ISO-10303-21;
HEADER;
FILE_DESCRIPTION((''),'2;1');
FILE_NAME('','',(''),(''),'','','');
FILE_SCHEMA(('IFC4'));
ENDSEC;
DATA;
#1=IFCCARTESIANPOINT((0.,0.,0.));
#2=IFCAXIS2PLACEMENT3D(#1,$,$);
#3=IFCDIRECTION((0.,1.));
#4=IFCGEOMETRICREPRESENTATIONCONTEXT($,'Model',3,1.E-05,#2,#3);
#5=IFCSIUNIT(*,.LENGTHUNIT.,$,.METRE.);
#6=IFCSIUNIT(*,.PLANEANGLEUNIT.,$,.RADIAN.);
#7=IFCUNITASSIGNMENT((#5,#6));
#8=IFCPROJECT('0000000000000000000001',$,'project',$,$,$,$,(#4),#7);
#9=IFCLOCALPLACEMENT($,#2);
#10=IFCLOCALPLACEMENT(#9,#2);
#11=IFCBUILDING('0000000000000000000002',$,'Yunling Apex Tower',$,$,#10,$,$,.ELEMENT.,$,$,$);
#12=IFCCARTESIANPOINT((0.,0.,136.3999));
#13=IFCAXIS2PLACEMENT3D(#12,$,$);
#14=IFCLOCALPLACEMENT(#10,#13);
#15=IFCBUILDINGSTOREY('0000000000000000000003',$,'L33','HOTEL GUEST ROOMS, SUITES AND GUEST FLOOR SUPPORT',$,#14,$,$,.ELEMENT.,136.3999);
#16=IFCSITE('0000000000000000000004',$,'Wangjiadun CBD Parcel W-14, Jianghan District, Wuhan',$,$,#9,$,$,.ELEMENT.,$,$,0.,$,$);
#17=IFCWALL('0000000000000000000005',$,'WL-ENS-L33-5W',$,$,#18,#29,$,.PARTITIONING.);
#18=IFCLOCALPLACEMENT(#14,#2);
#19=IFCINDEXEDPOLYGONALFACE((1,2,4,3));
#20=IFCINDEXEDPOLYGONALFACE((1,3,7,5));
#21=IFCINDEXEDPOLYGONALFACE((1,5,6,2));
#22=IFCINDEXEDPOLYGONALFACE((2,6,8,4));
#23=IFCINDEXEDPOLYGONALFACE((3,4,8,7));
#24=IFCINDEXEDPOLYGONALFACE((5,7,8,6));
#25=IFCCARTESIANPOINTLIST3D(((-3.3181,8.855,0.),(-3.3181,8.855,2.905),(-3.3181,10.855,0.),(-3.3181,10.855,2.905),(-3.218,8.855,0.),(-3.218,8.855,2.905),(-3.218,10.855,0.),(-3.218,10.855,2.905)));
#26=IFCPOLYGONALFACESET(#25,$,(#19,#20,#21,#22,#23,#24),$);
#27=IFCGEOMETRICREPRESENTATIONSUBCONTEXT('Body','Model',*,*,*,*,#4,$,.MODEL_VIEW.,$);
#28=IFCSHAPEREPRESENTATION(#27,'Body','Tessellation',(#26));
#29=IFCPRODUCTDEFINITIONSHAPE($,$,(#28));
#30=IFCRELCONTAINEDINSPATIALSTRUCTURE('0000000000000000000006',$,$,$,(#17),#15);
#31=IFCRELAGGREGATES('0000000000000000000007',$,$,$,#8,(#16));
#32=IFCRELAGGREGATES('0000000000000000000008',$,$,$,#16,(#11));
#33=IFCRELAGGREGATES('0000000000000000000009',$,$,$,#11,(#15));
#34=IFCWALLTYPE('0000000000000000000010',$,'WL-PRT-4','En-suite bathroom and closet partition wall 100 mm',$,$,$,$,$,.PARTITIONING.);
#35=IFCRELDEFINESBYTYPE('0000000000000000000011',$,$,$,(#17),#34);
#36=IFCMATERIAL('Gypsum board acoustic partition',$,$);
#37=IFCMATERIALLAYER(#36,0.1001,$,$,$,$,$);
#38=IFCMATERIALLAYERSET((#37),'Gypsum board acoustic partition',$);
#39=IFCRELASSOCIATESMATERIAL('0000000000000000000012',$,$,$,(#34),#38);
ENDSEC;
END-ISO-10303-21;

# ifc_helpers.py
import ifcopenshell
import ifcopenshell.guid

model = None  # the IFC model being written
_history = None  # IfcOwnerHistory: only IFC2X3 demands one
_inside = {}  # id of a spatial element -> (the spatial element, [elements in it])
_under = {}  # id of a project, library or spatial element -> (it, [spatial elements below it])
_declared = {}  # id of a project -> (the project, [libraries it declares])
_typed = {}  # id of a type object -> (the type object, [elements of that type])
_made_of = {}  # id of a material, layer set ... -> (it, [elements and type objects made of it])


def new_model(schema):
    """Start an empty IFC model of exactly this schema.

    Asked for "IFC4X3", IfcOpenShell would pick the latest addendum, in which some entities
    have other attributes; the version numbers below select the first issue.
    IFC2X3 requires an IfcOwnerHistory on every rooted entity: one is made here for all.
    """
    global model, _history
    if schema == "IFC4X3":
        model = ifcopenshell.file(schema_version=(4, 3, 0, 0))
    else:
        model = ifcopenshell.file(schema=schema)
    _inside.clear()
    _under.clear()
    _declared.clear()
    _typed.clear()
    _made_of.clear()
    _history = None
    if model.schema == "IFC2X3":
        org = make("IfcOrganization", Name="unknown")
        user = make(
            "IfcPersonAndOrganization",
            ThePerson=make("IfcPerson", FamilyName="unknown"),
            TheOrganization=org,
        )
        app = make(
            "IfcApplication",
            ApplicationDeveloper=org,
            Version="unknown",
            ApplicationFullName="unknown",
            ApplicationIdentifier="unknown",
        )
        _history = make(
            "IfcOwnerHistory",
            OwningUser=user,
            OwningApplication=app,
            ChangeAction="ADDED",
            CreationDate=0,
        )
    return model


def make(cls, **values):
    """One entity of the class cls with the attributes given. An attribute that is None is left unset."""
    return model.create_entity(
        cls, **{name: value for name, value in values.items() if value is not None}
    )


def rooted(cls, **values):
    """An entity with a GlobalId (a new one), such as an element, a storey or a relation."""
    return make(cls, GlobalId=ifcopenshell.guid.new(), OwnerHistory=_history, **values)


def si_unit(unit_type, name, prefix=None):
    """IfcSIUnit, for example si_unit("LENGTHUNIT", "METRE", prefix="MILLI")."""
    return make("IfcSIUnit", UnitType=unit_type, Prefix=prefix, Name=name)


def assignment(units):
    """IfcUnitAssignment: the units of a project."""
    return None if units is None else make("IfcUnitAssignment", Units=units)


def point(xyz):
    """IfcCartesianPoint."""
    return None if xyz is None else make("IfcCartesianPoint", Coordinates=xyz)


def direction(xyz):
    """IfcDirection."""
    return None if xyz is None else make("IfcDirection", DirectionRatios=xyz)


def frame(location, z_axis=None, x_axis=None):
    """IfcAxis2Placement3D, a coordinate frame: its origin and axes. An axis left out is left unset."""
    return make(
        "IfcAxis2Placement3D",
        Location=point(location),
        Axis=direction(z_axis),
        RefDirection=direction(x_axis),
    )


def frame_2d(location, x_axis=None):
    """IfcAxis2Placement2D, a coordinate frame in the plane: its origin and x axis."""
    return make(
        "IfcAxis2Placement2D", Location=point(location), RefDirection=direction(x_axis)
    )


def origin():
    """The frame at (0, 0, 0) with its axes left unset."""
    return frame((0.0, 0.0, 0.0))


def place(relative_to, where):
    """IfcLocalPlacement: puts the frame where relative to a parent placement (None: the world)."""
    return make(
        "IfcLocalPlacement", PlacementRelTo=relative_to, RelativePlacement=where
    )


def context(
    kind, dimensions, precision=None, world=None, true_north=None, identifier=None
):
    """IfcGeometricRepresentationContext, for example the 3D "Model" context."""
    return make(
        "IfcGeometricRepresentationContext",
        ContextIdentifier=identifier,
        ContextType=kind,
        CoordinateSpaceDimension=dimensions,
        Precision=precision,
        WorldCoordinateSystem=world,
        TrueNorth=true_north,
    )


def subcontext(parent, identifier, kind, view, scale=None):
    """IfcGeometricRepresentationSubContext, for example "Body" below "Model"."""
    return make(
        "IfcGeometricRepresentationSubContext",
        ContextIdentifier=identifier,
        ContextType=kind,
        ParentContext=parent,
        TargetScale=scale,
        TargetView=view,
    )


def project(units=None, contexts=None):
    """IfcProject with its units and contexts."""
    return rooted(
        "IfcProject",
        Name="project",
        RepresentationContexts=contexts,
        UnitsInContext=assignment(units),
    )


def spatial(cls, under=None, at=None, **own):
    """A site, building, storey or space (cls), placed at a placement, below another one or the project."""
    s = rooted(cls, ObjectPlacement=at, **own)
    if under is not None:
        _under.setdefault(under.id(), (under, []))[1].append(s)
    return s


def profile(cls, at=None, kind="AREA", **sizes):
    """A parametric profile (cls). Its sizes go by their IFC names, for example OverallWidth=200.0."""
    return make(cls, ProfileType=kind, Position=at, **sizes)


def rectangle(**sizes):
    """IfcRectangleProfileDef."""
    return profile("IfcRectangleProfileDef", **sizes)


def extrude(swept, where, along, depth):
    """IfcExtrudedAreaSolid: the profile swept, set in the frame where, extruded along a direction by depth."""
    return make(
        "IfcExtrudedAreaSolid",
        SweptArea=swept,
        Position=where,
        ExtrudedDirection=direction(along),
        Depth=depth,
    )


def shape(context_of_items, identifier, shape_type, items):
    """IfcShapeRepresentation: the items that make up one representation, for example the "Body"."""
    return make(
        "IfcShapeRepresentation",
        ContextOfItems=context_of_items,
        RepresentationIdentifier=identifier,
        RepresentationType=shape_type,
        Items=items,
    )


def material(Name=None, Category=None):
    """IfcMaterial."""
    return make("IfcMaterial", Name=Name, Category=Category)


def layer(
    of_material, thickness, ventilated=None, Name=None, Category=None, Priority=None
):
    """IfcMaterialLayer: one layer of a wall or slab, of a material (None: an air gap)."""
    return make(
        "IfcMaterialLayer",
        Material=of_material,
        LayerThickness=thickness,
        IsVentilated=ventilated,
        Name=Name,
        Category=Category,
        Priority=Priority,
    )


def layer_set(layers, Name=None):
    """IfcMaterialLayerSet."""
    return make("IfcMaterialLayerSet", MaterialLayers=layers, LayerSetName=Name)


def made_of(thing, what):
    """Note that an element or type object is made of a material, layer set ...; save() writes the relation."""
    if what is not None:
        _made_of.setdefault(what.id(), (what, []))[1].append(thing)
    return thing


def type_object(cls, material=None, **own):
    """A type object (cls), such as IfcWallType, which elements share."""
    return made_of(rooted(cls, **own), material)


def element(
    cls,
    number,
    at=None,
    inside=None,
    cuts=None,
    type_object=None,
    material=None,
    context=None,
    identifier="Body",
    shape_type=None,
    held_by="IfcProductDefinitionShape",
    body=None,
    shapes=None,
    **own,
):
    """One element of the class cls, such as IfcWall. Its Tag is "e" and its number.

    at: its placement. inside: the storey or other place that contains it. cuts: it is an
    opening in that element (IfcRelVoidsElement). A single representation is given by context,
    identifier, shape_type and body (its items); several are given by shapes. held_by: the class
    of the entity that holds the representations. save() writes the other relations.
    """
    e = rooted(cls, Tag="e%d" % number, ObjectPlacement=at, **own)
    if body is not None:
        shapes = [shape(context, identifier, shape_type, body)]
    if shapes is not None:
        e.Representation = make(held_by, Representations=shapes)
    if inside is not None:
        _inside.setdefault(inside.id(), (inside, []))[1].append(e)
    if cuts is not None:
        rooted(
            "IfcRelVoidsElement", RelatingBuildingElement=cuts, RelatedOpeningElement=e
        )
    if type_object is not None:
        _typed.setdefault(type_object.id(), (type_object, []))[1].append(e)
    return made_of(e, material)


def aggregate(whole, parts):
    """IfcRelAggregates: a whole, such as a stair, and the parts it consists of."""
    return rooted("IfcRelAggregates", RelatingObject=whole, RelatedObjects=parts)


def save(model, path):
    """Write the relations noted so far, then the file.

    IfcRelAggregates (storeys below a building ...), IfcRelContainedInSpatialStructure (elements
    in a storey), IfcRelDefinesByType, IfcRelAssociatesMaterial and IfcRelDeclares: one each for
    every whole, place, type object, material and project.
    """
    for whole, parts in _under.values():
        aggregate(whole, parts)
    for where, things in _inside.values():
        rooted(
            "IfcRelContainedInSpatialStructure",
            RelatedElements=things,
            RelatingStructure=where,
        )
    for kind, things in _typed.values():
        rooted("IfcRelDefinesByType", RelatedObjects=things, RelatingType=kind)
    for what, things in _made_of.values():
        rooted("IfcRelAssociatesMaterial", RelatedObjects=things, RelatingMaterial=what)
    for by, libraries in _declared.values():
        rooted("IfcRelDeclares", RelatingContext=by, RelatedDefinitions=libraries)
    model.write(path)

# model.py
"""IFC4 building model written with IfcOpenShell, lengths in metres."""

from ifc_helpers import new_model, si_unit, direction, frame, frame_2d, origin, place, context, subcontext, project, spatial, rectangle, extrude, material, layer, layer_set, type_object, element, save


model = new_model("IFC4")

# Units and contexts
model_context = context("Model", 3, precision=1e-05, world=origin(), true_north=direction((0.0, 1.0)))
body_context = subcontext(model_context, "Body", "Model", "MODEL_VIEW")
ifc_project = project(units=[si_unit("LENGTHUNIT", "METRE"), si_unit("PLANEANGLEUNIT", "RADIAN")], contexts=[model_context])

# Site, building, storey
site_placement = place(None, origin())
site = spatial("IfcSite", under=ifc_project, at=site_placement, Name="Wangjiadun CBD Parcel W-14, Jianghan District, Wuhan", CompositionType="ELEMENT", RefElevation=0.0)
building_placement = place(site_placement, origin())
building = spatial("IfcBuilding", under=site, at=building_placement, Name="Yunling Apex Tower", CompositionType="ELEMENT")
storey_placement = place(building_placement, frame((0.0, 0.0, 136.3999)))
storey = spatial("IfcBuildingStorey", under=building, at=storey_placement, Name="L33", Description="HOTEL GUEST ROOMS, SUITES AND GUEST FLOOR SUPPORT", CompositionType="ELEMENT", Elevation=136.3999)

# Shared definitions
ifc_material_1 = material(Name="Gypsum board acoustic partition")

# Shared definitions
ifc_layer_1 = layer(ifc_material_1, 0.1001)
ifc_layer_set_1 = layer_set([ifc_layer_1], Name="Gypsum board acoustic partition")
wall_type_1 = type_object("IfcWallType", Name="WL-PRT-4", Description="En-suite bathroom and closet partition wall 100 mm", PredefinedType="PARTITIONING", material=ifc_layer_set_1)

# Wall
wall_1_placement = place(storey_placement, frame((-3.2681, 8.855, 0.0), z_axis=(0.0, 0.0, 1.0), x_axis=(0.0, 1.0, 0.0)))
element("IfcWall", 1, at=wall_1_placement, inside=storey, type_object=wall_type_1, Name="WL-ENS-L33-5W", PredefinedType="PARTITIONING", context=body_context, shape_type="SweptSolid", body=[
    extrude(rectangle(XDim=2.0, YDim=0.1001, at=frame_2d((1.0, 0.0))), origin(), (0.0, 0.0, 1.0), 2.905),
])

save(model, "model.ifc")
